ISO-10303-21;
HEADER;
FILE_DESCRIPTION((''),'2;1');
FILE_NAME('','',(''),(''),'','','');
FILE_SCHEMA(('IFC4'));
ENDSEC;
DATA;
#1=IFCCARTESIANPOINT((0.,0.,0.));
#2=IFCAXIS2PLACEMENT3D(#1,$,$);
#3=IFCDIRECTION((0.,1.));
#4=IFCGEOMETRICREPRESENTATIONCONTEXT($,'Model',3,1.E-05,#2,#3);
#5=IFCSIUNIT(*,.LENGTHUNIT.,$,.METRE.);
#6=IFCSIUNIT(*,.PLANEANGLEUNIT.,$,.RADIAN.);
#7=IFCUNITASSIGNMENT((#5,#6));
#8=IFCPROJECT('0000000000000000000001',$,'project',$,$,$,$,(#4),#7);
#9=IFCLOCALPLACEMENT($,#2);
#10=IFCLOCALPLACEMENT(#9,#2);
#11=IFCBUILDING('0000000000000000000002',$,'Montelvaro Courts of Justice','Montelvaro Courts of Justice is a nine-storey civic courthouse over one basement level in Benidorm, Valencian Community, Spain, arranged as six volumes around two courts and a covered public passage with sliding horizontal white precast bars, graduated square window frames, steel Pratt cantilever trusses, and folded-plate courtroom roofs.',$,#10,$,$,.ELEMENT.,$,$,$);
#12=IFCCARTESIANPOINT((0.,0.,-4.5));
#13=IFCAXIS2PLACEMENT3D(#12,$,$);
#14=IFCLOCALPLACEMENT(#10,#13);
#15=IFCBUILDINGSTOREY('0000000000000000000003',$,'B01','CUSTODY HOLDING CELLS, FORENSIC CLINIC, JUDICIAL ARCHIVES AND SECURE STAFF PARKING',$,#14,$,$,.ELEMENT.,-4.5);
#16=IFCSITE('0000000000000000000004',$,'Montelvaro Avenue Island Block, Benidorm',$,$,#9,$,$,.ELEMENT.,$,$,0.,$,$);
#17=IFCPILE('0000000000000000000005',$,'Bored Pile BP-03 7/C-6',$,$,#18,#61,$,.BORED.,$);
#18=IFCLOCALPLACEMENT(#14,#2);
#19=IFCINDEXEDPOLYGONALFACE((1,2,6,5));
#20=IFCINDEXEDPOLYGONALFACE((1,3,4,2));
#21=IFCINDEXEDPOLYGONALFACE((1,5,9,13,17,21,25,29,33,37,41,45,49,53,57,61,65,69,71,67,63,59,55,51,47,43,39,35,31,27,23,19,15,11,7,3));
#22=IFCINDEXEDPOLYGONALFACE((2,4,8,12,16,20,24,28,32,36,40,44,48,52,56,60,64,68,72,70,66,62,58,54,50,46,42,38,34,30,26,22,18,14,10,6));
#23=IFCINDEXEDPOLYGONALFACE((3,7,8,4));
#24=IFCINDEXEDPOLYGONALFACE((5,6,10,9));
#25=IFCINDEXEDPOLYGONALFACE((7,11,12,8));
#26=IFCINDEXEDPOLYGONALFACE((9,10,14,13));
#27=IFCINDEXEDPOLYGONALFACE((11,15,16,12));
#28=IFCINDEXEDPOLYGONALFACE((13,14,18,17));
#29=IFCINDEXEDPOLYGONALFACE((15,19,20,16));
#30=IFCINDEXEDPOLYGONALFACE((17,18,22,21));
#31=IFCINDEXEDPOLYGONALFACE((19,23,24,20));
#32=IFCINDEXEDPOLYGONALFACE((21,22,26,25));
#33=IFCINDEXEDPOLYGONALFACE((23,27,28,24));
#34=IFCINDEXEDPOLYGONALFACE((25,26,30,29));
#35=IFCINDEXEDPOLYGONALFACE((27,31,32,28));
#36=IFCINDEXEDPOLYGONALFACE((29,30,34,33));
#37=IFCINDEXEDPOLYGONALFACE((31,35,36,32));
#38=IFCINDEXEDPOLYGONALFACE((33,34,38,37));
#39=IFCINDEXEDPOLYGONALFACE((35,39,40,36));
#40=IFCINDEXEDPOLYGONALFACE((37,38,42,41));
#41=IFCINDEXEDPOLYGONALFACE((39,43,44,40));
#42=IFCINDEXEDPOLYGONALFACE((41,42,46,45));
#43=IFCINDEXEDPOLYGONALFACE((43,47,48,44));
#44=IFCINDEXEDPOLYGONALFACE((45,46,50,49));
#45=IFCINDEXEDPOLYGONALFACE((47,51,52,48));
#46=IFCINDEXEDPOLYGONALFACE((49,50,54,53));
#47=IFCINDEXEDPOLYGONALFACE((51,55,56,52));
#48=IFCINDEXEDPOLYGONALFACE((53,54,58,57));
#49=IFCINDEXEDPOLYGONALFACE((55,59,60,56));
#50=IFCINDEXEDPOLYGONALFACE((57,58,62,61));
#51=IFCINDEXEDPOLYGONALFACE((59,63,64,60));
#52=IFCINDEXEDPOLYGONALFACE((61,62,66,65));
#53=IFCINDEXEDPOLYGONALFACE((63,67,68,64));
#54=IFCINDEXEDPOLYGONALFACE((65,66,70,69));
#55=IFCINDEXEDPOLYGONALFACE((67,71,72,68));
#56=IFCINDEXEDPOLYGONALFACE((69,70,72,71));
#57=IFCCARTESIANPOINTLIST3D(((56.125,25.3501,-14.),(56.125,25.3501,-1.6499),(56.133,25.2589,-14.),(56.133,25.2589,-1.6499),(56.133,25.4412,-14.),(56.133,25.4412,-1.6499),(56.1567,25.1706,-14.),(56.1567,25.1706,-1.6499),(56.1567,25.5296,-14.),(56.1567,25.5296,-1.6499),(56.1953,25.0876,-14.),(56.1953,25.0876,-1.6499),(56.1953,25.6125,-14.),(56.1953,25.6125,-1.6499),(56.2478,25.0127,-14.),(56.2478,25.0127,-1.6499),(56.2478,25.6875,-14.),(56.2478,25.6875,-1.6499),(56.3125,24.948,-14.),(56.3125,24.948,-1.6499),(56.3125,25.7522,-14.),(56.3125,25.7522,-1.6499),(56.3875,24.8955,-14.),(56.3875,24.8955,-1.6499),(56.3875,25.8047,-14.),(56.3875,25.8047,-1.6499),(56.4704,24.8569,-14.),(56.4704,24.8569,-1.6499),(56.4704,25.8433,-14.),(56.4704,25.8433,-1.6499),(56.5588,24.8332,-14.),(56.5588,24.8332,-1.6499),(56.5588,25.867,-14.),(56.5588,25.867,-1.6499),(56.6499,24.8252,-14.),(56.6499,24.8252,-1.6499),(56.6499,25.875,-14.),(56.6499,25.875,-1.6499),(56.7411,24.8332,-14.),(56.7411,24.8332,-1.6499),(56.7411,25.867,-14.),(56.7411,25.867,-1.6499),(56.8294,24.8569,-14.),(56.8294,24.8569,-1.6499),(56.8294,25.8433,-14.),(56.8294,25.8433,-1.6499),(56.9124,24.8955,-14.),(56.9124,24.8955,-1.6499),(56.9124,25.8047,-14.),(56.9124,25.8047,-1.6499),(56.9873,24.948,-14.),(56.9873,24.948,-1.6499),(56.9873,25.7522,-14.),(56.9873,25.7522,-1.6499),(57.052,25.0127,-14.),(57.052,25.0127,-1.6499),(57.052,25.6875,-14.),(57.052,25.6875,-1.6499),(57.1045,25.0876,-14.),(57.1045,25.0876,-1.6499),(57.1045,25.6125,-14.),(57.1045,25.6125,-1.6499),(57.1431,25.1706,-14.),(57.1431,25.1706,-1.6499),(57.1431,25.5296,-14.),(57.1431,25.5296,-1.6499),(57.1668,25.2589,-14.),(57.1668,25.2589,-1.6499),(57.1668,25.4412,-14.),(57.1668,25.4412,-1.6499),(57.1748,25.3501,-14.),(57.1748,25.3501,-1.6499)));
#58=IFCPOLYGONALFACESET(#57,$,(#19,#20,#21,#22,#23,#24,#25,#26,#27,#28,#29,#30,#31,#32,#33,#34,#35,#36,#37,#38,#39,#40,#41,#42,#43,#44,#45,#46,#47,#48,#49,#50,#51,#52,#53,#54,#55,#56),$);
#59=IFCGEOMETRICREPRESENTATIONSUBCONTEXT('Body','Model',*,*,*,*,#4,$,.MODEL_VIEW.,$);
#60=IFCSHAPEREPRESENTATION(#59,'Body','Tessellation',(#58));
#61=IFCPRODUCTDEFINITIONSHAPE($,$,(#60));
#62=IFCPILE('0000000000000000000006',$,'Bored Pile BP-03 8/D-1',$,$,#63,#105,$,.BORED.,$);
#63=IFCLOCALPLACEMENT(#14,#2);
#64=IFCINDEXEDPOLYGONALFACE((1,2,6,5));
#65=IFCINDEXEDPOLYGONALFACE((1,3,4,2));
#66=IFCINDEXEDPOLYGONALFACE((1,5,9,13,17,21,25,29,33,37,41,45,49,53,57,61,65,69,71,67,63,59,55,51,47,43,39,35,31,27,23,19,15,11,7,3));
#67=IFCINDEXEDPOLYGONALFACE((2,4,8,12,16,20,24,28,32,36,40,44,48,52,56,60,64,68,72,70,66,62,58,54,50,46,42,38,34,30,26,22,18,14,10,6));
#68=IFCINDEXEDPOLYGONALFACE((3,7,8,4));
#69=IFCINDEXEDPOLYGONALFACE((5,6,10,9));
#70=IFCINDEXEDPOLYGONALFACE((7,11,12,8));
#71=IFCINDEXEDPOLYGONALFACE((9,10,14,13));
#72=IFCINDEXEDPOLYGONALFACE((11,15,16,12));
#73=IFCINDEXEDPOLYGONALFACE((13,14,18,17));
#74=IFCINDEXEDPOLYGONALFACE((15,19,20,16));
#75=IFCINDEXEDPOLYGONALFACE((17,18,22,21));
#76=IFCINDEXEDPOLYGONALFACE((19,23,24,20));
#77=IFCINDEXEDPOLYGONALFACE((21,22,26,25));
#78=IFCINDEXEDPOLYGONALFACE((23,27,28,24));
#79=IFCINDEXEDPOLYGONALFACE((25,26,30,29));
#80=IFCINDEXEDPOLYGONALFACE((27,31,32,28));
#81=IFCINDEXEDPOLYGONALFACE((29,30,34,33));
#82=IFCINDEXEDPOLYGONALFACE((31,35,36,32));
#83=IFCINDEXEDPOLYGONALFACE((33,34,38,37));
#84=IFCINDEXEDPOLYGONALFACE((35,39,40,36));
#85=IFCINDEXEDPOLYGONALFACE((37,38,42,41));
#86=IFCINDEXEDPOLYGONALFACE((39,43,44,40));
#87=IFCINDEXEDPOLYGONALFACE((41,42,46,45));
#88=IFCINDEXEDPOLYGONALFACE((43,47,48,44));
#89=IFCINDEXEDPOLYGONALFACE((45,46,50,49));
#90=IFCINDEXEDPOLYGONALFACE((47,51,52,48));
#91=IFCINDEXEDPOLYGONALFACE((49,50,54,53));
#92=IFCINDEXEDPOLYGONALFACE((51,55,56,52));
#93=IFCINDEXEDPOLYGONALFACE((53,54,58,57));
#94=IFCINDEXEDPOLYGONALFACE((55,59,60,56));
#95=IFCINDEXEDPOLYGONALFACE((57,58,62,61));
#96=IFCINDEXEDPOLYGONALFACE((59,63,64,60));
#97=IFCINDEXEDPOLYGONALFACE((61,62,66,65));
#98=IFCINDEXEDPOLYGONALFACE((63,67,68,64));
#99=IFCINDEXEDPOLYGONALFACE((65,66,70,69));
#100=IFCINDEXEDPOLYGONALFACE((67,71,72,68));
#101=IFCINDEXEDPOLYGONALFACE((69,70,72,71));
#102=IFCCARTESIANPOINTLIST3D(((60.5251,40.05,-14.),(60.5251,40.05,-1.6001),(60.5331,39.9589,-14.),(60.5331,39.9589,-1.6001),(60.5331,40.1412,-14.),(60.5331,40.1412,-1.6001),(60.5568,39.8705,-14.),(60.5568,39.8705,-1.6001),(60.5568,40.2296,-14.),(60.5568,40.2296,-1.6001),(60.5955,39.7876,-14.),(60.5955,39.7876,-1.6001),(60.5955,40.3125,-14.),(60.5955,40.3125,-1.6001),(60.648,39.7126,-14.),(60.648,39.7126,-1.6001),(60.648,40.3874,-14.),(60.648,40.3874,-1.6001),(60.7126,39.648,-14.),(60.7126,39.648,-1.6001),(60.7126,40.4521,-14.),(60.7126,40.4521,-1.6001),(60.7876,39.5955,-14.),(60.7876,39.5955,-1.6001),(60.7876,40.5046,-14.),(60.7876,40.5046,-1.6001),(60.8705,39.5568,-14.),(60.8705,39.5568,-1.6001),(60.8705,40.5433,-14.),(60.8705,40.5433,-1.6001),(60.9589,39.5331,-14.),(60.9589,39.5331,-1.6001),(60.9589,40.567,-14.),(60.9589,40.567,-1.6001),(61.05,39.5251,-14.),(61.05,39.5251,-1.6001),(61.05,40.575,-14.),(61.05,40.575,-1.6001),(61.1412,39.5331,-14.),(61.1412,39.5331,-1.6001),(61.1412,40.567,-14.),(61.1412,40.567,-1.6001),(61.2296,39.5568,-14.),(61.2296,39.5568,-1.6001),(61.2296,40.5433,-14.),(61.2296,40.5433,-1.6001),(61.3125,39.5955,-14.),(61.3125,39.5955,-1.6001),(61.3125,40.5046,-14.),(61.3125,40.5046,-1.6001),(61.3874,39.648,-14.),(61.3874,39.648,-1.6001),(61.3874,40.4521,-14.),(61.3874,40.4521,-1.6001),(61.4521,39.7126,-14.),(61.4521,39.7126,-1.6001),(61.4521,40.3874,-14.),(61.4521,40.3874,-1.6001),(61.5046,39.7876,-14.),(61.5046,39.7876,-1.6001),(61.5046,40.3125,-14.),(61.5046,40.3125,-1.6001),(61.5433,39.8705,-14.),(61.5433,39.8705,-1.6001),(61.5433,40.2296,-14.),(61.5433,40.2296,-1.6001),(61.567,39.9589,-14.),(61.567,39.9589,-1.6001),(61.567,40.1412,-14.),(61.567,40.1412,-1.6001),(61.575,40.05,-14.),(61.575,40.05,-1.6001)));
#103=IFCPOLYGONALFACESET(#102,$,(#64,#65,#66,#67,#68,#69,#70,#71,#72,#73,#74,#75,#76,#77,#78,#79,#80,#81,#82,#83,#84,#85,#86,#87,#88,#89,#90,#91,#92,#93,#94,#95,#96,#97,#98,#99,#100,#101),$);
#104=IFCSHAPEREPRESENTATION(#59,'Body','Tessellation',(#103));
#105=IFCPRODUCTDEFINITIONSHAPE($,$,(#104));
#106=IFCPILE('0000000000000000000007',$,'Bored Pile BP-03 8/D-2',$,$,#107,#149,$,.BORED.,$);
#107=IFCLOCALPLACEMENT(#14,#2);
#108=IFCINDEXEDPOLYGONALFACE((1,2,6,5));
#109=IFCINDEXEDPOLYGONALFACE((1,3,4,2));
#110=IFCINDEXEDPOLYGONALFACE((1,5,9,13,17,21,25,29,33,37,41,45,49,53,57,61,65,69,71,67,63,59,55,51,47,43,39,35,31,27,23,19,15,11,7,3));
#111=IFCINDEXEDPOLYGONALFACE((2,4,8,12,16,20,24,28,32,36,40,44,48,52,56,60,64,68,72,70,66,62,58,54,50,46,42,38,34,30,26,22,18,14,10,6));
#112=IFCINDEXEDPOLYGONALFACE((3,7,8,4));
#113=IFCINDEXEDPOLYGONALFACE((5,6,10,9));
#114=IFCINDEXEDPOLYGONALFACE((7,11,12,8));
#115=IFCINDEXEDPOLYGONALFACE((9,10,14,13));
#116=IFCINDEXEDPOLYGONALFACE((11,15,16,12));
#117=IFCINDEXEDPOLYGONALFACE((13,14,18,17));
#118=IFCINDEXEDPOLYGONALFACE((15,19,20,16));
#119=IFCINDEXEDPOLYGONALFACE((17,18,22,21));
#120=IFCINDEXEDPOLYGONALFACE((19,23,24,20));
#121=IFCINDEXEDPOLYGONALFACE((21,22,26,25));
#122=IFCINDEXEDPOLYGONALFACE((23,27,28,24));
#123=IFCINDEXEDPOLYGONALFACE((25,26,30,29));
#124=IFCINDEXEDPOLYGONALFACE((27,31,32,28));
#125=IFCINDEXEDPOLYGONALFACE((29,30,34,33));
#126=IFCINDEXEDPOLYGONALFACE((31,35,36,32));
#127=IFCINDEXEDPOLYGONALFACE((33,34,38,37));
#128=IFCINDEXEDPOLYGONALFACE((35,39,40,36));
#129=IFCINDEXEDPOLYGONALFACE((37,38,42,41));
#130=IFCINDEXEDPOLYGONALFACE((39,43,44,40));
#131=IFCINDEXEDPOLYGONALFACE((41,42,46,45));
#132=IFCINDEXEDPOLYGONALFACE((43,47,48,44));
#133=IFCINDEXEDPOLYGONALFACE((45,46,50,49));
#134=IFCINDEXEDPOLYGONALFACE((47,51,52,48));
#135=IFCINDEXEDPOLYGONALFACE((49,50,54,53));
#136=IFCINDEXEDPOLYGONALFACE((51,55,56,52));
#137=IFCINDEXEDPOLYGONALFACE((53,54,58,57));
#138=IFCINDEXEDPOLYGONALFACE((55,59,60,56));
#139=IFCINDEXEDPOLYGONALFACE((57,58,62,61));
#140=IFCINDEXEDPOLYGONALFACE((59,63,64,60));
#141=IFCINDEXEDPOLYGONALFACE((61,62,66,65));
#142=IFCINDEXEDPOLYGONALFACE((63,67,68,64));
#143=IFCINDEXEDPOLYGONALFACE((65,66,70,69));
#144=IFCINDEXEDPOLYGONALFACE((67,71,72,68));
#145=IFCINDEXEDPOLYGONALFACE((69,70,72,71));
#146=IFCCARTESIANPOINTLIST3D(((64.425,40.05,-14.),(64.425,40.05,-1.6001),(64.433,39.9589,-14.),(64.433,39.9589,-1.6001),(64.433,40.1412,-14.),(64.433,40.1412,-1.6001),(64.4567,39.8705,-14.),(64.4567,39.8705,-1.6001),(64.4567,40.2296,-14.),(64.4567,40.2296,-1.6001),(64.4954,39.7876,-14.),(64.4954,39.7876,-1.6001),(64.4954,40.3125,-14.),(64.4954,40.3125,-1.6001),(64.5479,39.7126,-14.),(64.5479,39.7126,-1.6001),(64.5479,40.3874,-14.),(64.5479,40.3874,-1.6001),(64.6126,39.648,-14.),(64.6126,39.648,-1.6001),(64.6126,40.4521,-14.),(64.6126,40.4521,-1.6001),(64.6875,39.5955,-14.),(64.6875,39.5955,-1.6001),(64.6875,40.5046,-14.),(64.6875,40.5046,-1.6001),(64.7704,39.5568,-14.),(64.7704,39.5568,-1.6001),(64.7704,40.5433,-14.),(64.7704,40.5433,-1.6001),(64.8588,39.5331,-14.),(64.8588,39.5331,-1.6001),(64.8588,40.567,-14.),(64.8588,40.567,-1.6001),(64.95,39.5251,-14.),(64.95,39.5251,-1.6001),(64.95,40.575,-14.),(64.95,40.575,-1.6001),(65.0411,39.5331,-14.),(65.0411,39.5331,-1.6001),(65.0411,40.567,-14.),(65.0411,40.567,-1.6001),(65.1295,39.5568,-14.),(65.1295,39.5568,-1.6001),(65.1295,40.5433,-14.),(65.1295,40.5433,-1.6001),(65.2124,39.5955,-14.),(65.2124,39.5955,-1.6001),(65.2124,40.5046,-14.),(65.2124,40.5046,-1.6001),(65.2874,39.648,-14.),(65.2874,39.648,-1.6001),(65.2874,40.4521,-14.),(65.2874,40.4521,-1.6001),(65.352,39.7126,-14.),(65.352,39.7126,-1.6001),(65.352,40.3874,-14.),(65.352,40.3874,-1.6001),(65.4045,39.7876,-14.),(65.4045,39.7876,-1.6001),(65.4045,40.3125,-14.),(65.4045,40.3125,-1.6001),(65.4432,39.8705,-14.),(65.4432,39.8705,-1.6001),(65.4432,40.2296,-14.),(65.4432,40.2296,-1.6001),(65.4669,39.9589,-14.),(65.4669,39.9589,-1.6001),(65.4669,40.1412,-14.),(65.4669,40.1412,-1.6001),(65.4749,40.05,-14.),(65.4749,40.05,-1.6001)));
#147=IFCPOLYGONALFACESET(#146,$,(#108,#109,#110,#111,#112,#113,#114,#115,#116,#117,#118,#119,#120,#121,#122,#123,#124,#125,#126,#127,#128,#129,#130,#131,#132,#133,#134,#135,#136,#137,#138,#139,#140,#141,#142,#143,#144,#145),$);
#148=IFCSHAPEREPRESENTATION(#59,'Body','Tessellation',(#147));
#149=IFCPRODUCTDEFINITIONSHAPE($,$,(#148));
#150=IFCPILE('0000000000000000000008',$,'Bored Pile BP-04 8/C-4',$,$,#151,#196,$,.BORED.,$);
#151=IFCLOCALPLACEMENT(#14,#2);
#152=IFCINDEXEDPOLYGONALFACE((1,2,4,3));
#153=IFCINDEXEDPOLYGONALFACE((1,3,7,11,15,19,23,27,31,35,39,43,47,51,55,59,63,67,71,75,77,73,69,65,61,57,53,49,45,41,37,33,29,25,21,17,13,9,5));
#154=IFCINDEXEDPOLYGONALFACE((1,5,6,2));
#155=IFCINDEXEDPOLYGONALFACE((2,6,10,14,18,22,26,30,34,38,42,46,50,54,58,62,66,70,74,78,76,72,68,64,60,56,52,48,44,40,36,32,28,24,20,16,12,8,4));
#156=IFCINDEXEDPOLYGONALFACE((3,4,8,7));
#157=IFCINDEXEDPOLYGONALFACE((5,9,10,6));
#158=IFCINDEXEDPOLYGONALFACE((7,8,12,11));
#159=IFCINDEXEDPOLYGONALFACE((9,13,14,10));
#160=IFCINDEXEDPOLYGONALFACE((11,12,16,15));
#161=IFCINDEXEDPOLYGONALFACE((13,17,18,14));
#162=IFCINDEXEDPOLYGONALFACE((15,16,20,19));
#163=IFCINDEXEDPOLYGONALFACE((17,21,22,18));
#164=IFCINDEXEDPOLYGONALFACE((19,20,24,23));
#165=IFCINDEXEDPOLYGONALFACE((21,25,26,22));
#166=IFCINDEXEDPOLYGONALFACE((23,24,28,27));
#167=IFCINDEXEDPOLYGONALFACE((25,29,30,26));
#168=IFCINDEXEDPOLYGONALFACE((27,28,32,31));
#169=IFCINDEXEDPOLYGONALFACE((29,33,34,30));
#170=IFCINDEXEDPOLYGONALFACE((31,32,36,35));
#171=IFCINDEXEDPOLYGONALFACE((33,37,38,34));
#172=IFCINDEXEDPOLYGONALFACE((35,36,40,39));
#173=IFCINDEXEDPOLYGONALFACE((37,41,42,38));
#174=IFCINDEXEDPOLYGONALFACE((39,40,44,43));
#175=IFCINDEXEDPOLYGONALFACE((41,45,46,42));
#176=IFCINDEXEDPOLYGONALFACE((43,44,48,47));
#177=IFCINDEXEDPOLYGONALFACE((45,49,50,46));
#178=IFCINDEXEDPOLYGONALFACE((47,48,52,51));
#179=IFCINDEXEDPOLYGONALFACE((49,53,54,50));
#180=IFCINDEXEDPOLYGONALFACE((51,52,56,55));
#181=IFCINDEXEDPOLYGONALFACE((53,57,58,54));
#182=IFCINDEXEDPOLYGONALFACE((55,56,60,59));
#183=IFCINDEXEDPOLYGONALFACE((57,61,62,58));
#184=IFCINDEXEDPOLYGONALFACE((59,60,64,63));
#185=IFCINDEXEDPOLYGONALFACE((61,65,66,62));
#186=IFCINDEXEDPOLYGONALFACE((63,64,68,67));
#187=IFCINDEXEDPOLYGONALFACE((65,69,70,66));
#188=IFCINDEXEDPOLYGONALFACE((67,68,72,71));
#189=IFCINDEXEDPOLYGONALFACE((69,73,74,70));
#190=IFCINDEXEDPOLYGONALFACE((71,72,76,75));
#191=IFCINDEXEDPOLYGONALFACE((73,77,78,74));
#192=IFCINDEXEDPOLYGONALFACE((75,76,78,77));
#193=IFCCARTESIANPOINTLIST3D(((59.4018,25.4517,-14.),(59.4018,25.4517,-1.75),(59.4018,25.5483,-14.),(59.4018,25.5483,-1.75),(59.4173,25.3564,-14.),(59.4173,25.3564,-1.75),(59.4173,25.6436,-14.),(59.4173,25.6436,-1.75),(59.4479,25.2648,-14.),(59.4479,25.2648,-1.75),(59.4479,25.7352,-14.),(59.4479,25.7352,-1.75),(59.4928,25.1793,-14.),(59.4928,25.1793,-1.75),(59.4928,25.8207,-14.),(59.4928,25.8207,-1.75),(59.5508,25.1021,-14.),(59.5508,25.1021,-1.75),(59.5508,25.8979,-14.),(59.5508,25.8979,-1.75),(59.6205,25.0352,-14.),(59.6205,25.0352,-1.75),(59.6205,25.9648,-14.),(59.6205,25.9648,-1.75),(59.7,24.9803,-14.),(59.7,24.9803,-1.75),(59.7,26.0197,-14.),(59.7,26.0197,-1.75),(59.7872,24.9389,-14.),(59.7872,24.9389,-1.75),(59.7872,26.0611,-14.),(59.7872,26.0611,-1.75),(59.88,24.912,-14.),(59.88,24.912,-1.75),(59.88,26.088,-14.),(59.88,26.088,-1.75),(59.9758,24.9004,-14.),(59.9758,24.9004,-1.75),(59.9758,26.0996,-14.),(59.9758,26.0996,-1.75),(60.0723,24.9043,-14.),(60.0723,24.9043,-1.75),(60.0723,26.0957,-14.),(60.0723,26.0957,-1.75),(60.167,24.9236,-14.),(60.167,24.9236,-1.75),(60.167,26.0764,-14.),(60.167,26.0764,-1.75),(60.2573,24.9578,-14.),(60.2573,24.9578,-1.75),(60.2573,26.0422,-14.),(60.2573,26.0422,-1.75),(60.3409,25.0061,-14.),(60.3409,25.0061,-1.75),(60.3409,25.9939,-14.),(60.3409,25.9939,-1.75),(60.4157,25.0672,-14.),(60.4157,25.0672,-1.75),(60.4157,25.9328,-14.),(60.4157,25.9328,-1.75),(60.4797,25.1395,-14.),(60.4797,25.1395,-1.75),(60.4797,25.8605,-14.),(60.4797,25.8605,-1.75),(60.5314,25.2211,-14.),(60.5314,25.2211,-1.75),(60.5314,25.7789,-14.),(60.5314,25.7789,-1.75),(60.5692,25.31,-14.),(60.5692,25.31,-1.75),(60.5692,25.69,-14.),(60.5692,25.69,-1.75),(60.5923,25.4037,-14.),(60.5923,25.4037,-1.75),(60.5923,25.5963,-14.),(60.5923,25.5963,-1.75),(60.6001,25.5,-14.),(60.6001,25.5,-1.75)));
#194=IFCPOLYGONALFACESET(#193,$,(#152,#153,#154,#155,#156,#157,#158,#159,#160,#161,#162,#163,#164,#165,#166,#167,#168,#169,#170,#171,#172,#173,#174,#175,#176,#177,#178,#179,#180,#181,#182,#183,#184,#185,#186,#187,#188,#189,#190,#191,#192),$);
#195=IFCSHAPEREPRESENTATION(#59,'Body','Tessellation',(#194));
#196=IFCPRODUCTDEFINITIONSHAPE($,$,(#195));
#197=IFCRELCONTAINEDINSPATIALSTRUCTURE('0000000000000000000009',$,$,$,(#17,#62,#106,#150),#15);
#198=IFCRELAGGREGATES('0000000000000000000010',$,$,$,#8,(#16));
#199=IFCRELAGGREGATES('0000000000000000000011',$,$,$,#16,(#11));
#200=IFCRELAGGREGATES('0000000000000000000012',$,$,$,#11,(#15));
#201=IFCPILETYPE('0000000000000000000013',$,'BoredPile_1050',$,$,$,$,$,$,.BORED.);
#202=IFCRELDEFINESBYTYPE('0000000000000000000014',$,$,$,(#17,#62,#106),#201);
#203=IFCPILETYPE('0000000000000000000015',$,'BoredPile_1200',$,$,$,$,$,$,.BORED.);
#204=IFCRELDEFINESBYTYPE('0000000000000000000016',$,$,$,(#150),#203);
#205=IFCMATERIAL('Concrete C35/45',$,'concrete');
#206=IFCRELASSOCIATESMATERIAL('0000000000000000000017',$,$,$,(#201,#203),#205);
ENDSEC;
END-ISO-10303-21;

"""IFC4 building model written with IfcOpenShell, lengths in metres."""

from ifc_helpers import new_model, si_unit, direction, frame, origin, origin_2d, place, context, subcontext, project, spatial, circle, extrude, material, material_profile, profile_set, type_object, element, save


model = new_model("IFC4")

# Units and contexts
model_context = context("Model", 3, precision=1e-05, world=origin(), true_north=direction((0.0, 1.0)))
body_context = subcontext(model_context, "Body", "Model", "MODEL_VIEW")
ifc_project = project(units=[si_unit("LENGTHUNIT", "METRE"), si_unit("PLANEANGLEUNIT", "RADIAN")], contexts=[model_context])

# Site, building, storey
site_placement = place(None, origin())
site = spatial("IfcSite", under=ifc_project, at=site_placement, Name="Montelvaro Avenue Island Block, Benidorm", CompositionType="ELEMENT", RefElevation=0.0)
building_placement = place(site_placement, origin())
building = spatial("IfcBuilding", under=site, at=building_placement, Name="Montelvaro Courts of Justice", Description="Montelvaro Courts of Justice is a nine-storey civic courthouse over one basement level in Benidorm, Valencian Community, Spain, arranged as six volumes around two courts and a covered public passage with sliding horizontal white precast bars, graduated square window frames, steel Pratt cantilever trusses, and folded-plate courtroom roofs.", CompositionType="ELEMENT")
storey_placement = place(building_placement, frame((0.0, 0.0, -4.5)))
storey = spatial("IfcBuildingStorey", under=building, at=storey_placement, Name="B01", Description="CUSTODY HOLDING CELLS, FORENSIC CLINIC, JUDICIAL ARCHIVES AND SECURE STAFF PARKING", CompositionType="ELEMENT", Elevation=-4.5)

# Piles
ifc_material_1 = material(Name="Concrete C35/45", Category="concrete")
ifc_material_profile_1 = material_profile(ifc_material_1, circle(Radius=0.5249, at=origin_2d()), Name="BORED PILE D1050")
ifc_profile_set_1 = profile_set([ifc_material_profile_1], Name="Concrete C35/45")
pile_type_1 = type_object("IfcPileType", Name="BoredPile_1050", PredefinedType="BORED", material=ifc_profile_set_1)
pile_1_placement = place(storey_placement, frame((56.6499, 25.3501, -1.6499), z_axis=(0.0, 0.0, -1.0), x_axis=(1.0, 0.0, 0.0)))
element("IfcPile", 1, at=pile_1_placement, inside=storey, type_object=pile_type_1, Name="Bored Pile BP-03 7/C-6", PredefinedType="BORED", context=body_context, shape_type="SweptSolid", body=[
    extrude(circle(Radius=0.5249, at=origin_2d()), origin(), (0.0, 0.0, 1.0), 12.3501),
])
for number, where, z_axis, x_axis, name in (
    (2, (61.05, 40.05, -1.6001), (0.0, 0.0, -1.0), (1.0, 0.0, 0.0), "Bored Pile BP-03 8/D-1"),
    (3, (64.95, 40.05, -1.6001), (0.0, 0.0, -1.0), (1.0, 0.0, 0.0), "Bored Pile BP-03 8/D-2"),
):
    element("IfcPile", number, at=place(storey_placement, frame(where, z_axis=z_axis, x_axis=x_axis)), inside=storey, type_object=pile_type_1, Name=name, PredefinedType="BORED", context=body_context, shape_type="SweptSolid", body=[
        extrude(circle(Radius=0.5249, at=origin_2d()), origin(), (0.0, 0.0, 1.0), 12.3999),
    ])
ifc_material_profile_2 = material_profile(ifc_material_1, circle(Radius=0.6001, at=origin_2d()), Name="BORED PILE D1200")
ifc_profile_set_2 = profile_set([ifc_material_profile_2], Name="Concrete C35/45")
pile_type_2 = type_object("IfcPileType", Name="BoredPile_1200", PredefinedType="BORED", material=ifc_profile_set_2)
for number, where, z_axis, x_axis, name in (
    (4, (60.0, 25.5, -1.75), (0.0, 0.0, -1.0), (1.0, 0.0, 0.0), "Bored Pile BP-04 8/C-4"),
):
    element("IfcPile", number, at=place(storey_placement, frame(where, z_axis=z_axis, x_axis=x_axis)), inside=storey, type_object=pile_type_2, Name=name, PredefinedType="BORED", context=body_context, shape_type="SweptSolid", body=[
        extrude(circle(Radius=0.6001, at=origin_2d()), origin(), (0.0, 0.0, 1.0), 12.25),
    ])

save(model, "model.ifc")
